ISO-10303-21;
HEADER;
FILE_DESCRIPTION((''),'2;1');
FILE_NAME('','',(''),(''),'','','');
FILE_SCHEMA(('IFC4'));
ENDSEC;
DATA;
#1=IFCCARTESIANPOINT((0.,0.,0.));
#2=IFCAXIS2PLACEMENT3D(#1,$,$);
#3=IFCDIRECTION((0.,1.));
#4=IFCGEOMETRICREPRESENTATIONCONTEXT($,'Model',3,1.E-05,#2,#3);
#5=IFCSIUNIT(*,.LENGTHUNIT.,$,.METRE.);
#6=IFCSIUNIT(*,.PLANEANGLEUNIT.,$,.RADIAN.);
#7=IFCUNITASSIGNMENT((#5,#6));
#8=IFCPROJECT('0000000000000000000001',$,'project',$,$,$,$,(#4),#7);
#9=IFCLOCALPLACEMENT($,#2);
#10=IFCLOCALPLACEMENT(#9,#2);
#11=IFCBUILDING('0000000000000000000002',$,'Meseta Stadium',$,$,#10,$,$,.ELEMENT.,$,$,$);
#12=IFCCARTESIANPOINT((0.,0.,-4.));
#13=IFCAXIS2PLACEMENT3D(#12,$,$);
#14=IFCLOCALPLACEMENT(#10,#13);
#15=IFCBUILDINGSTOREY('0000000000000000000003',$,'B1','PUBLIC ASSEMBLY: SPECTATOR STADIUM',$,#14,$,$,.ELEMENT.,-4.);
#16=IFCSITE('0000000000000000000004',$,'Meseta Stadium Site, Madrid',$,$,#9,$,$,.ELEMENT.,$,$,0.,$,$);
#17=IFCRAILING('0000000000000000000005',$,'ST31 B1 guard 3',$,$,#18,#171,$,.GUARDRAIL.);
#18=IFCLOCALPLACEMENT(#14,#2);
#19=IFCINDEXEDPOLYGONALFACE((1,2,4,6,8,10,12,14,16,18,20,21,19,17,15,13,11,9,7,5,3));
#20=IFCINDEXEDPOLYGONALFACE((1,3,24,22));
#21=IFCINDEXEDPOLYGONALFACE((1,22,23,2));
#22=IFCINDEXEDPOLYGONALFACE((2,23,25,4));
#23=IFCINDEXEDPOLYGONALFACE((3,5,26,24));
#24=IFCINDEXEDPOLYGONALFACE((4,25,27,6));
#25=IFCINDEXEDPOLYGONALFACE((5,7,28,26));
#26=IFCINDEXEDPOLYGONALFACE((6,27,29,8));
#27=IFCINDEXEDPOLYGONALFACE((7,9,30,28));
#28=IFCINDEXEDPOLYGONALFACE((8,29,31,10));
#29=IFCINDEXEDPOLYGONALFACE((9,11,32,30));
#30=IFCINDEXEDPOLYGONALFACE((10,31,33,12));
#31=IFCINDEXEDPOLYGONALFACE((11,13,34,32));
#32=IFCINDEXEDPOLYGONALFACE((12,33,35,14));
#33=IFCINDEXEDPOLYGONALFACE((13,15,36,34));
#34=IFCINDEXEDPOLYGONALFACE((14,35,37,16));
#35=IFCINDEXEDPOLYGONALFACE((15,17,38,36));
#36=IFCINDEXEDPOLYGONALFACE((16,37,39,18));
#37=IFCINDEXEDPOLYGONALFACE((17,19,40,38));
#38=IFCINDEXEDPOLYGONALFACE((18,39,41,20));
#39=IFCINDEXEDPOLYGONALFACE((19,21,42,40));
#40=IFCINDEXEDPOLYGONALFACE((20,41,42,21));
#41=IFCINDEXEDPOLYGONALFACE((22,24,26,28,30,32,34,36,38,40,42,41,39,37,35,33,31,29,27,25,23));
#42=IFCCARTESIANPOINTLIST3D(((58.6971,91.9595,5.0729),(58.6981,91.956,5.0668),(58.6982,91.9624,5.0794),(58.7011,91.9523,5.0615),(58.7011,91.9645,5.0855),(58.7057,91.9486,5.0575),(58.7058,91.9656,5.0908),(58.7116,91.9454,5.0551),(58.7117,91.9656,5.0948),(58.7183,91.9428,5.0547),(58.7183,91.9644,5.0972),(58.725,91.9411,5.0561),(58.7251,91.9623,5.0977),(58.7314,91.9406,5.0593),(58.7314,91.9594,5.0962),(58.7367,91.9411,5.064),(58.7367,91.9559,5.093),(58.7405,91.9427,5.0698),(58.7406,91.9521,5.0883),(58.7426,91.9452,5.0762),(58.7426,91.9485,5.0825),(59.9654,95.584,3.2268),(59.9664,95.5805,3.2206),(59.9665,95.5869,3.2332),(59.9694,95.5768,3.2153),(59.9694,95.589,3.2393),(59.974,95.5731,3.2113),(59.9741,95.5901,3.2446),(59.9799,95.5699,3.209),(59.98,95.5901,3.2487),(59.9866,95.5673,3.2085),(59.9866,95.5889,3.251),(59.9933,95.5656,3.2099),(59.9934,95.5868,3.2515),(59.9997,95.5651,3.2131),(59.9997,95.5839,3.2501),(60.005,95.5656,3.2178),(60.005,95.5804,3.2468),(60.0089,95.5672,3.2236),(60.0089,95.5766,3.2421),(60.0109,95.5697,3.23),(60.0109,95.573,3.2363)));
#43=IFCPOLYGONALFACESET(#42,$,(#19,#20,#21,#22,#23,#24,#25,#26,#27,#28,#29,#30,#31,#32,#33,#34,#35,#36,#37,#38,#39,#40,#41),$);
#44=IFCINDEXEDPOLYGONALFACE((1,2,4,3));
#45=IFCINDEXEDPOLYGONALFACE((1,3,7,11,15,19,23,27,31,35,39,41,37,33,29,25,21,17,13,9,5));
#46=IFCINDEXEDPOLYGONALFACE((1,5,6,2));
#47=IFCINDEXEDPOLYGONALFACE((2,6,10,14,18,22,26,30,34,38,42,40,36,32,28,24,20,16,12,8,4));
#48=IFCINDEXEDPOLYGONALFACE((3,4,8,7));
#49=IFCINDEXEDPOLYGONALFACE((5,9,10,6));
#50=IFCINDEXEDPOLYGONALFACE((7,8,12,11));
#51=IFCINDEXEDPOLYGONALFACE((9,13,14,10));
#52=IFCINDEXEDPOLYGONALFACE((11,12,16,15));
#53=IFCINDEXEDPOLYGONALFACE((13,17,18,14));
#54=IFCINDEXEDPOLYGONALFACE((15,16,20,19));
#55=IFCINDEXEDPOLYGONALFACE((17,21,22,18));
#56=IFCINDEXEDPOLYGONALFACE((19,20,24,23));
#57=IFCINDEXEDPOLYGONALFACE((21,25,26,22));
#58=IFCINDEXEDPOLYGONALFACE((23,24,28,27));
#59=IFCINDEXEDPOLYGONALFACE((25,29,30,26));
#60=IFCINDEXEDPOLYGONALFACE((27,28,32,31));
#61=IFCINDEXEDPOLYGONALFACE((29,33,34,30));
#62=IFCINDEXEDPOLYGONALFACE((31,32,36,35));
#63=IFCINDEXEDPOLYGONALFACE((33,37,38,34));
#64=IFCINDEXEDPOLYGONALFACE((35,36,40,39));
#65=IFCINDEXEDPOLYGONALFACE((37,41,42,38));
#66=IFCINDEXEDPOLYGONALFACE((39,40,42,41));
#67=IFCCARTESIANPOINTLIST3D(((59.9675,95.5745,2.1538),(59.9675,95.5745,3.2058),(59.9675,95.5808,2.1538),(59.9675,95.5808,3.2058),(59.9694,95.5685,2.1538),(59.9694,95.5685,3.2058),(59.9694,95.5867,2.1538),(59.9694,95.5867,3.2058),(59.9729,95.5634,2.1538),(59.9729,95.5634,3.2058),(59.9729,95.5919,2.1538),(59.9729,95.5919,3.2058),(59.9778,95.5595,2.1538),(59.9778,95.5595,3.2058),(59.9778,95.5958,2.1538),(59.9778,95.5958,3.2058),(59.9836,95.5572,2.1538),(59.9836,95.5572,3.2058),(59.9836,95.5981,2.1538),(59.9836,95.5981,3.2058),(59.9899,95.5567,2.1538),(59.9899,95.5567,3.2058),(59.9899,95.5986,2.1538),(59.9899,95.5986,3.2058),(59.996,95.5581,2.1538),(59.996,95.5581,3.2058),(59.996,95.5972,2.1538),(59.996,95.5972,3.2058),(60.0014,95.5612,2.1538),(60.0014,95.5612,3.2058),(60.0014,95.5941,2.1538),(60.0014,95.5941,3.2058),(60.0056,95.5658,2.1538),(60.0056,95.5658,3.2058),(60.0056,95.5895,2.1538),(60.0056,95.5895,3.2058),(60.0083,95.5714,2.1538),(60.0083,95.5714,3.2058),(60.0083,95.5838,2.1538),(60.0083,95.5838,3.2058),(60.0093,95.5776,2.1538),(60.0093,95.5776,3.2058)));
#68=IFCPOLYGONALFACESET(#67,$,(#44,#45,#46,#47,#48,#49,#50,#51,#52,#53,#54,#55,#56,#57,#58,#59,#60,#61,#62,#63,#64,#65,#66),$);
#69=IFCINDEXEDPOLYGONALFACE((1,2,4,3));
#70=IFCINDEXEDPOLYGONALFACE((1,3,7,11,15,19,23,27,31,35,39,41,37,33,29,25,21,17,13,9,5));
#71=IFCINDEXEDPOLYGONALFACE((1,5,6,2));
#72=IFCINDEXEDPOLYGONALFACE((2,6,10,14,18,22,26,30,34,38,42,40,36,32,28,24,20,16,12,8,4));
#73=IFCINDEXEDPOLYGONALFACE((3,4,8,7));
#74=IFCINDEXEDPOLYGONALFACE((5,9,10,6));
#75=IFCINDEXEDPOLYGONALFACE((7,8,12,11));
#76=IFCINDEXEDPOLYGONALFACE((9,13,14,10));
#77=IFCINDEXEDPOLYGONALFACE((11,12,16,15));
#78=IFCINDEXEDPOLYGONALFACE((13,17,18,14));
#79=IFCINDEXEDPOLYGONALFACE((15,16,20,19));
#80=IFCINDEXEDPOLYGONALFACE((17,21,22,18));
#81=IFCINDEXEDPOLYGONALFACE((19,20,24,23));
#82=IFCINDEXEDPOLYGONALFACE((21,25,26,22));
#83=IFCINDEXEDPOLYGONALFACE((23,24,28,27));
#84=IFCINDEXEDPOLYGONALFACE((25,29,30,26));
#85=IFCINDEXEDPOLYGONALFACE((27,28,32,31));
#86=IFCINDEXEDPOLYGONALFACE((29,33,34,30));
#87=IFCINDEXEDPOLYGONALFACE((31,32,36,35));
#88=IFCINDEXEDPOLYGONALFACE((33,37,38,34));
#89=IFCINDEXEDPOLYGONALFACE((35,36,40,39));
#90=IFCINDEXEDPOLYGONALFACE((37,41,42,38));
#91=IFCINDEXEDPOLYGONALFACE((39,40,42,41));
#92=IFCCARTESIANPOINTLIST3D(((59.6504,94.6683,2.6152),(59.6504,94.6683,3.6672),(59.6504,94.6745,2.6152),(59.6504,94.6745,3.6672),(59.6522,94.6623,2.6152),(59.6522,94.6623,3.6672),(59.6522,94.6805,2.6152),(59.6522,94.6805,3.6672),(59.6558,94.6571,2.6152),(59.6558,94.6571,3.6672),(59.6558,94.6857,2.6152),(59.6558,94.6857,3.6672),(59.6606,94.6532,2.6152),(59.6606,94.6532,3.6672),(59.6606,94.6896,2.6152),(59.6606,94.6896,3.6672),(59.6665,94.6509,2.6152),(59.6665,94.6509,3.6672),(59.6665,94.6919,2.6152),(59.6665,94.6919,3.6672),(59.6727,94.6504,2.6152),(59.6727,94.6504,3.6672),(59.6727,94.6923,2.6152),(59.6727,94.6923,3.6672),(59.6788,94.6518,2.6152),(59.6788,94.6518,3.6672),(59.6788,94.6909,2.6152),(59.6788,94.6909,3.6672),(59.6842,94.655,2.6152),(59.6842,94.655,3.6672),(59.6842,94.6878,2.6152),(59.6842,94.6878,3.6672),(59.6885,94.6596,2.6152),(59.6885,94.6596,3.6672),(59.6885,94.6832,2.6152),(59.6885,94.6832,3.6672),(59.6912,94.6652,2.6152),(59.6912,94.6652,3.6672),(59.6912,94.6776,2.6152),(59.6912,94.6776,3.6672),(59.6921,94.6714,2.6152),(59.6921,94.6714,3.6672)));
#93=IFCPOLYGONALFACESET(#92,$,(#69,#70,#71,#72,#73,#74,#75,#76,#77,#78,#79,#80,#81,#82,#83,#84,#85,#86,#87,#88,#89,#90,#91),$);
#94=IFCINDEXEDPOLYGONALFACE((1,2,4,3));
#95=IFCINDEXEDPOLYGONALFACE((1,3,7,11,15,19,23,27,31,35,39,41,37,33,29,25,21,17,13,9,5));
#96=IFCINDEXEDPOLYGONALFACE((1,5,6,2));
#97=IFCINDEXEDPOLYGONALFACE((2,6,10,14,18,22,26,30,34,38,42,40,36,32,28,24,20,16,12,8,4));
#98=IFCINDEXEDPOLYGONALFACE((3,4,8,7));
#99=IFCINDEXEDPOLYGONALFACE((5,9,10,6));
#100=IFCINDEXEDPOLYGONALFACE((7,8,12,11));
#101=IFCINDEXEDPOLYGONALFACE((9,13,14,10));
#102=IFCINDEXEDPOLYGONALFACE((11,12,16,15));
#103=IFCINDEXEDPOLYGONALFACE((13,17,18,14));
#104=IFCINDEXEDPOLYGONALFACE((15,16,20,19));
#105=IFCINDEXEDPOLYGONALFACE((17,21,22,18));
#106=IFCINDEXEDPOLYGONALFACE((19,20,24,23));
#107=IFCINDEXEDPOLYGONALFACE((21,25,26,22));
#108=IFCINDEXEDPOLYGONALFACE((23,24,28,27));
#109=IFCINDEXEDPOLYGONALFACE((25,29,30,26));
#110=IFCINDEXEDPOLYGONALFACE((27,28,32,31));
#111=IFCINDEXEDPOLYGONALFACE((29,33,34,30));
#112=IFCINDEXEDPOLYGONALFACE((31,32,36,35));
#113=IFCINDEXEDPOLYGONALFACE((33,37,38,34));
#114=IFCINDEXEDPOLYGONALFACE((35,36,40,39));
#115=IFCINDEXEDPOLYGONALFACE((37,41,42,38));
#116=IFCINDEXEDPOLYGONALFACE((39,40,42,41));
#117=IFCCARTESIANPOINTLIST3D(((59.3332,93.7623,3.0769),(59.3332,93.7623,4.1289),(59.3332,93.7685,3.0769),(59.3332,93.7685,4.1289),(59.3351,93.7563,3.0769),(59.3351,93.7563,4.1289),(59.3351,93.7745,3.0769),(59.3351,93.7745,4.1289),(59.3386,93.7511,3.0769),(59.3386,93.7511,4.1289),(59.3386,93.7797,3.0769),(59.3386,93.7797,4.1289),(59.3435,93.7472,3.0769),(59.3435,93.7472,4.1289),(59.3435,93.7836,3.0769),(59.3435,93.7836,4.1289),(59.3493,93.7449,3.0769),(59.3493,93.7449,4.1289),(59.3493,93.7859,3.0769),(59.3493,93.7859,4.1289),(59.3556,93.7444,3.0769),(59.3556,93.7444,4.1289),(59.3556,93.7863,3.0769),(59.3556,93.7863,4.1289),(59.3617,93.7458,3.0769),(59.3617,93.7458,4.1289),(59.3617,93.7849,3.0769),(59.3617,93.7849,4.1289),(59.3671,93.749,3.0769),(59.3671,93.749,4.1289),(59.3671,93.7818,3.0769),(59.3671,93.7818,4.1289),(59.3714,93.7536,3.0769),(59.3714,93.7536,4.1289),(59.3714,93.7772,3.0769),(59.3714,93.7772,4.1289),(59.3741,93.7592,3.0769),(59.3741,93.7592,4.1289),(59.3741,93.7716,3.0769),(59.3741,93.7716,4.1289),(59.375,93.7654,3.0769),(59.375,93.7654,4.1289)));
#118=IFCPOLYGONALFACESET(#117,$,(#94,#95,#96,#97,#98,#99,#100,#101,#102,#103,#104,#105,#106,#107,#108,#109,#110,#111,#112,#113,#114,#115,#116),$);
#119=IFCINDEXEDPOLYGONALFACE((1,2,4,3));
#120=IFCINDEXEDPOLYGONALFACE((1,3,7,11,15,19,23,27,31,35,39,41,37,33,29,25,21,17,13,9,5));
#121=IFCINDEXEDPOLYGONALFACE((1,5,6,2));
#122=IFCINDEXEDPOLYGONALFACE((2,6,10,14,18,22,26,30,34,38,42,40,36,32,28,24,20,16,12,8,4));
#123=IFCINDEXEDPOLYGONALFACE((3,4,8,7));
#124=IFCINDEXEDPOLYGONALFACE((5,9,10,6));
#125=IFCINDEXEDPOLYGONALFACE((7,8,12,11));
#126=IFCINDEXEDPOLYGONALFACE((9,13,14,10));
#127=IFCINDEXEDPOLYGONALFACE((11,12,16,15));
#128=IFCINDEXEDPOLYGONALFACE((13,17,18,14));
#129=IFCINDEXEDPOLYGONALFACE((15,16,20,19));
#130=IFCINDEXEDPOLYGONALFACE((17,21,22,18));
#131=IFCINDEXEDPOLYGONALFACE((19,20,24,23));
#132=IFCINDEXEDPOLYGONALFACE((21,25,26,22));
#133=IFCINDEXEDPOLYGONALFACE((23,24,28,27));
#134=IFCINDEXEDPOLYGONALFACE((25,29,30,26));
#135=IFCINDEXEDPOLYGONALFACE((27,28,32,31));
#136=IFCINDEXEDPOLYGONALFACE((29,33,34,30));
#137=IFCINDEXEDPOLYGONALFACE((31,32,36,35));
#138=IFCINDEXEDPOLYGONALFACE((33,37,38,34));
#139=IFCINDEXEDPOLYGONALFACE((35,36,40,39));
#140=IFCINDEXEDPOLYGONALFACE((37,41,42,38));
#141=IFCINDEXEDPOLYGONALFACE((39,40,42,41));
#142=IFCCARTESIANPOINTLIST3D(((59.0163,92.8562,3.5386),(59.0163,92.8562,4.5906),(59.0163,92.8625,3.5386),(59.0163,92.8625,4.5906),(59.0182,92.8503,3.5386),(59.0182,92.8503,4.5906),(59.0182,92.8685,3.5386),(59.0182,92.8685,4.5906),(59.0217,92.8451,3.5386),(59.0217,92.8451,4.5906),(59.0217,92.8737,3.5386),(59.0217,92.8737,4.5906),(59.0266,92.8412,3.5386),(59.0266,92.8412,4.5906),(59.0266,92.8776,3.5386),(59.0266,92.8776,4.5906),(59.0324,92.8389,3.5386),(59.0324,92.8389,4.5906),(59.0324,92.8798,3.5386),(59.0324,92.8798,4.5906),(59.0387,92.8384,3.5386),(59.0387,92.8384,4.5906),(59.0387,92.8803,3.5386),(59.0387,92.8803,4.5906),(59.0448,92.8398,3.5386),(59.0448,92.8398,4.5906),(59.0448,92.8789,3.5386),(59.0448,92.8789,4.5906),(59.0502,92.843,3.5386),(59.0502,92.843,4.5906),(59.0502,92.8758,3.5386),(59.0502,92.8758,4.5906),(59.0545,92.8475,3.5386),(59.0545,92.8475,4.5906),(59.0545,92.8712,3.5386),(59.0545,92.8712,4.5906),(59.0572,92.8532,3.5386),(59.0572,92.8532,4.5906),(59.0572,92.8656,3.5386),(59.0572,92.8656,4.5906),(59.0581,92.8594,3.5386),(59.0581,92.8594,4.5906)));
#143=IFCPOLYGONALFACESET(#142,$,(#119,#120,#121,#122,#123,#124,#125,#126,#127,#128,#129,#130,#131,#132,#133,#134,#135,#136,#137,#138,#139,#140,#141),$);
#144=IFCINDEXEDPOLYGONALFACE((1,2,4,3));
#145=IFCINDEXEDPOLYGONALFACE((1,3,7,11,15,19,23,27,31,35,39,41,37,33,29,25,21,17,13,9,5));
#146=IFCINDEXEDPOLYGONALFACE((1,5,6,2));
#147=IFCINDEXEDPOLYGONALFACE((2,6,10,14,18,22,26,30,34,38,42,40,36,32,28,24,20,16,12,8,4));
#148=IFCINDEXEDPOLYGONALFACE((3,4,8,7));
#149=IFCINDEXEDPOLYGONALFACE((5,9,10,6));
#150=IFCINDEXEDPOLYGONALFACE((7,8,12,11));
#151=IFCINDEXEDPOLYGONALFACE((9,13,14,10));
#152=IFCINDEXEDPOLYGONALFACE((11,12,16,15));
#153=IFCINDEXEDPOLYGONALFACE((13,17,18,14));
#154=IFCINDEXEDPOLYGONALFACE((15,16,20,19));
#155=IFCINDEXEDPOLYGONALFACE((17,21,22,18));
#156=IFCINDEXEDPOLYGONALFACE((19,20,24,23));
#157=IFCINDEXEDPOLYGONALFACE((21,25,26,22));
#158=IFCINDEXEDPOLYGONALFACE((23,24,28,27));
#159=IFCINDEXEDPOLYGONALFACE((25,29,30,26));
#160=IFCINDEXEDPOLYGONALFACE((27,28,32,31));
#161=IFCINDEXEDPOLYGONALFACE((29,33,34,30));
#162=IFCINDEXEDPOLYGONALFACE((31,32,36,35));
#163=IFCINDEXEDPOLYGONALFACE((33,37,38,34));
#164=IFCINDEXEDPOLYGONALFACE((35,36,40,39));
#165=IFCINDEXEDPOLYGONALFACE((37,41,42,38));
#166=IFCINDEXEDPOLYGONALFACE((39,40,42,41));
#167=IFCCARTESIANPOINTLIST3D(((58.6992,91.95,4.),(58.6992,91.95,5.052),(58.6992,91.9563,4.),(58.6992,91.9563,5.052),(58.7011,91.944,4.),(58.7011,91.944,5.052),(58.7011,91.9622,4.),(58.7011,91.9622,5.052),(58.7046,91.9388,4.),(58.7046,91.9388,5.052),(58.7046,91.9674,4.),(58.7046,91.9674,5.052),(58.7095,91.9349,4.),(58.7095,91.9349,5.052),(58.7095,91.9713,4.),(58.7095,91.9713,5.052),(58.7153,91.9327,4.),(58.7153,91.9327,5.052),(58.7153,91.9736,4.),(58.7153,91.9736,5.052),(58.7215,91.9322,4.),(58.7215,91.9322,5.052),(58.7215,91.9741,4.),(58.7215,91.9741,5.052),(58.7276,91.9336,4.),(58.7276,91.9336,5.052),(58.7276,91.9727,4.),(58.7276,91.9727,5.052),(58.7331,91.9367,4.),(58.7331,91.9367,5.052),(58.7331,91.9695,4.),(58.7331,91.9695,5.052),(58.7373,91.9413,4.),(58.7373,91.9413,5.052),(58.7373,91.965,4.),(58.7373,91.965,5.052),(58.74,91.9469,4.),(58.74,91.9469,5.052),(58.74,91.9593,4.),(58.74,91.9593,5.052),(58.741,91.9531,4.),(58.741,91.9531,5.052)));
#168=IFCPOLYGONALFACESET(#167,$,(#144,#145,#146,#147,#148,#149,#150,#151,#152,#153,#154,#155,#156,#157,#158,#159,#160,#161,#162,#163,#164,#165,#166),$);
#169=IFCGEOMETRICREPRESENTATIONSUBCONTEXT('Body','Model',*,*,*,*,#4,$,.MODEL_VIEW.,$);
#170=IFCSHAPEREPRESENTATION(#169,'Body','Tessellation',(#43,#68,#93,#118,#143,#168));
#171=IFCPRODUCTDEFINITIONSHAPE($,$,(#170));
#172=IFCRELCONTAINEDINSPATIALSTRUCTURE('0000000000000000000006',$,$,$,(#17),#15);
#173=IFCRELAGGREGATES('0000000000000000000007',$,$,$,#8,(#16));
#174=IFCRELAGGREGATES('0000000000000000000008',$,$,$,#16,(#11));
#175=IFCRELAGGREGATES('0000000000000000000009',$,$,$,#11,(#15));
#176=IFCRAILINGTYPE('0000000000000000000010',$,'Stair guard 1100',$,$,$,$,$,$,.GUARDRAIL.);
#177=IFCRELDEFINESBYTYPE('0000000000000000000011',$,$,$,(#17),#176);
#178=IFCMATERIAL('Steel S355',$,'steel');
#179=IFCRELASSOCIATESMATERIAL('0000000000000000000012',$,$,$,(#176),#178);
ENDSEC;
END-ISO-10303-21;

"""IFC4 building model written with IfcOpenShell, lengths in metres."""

from ifc_helpers import new_model, si_unit, direction, frame, origin, origin_2d, place, context, subcontext, project, spatial, circle, extrude, material, type_object, element, save


model = new_model("IFC4")

# Units and contexts
model_context = context("Model", 3, precision=1e-05, world=origin(), true_north=direction((0.0, 1.0)))
body_context = subcontext(model_context, "Body", "Model", "MODEL_VIEW")
ifc_project = project(units=[si_unit("LENGTHUNIT", "METRE"), si_unit("PLANEANGLEUNIT", "RADIAN")], contexts=[model_context])

# Site, building, storey
site_placement = place(None, origin())
site = spatial("IfcSite", under=ifc_project, at=site_placement, Name="Meseta Stadium Site, Madrid", CompositionType="ELEMENT", RefElevation=0.0)
building_placement = place(site_placement, origin())
building = spatial("IfcBuilding", under=site, at=building_placement, Name="Meseta Stadium", CompositionType="ELEMENT")
storey_placement = place(building_placement, frame((0.0, 0.0, -4.0)))
storey = spatial("IfcBuildingStorey", under=building, at=storey_placement, Name="B1", Description="PUBLIC ASSEMBLY: SPECTATOR STADIUM", CompositionType="ELEMENT", Elevation=-4.0)

# Railing
ifc_material_1 = material(Name="Steel S355", Category="steel")
railing_type_1 = type_object("IfcRailingType", Name="Stair guard 1100", PredefinedType="GUARDRAIL", material=ifc_material_1)
railing_1_placement = place(storey_placement, frame((59.9883, 95.5776, 2.1538)))
element("IfcRailing", 1, at=railing_1_placement, inside=storey, type_object=railing_type_1, Name="ST31 B1 guard 3", PredefinedType="GUARDRAIL", context=body_context, shape_type="SweptSolid", body=[
    extrude(circle(Radius=0.0239, at=origin_2d()), frame((0.0, 0.0, 1.0762), z_axis=(-0.297672, -0.850672, 0.4333), x_axis=(0.94388, -0.330288, 0.0)), (0.0, 0.0, 1.0), 4.2607),
    extrude(circle(Radius=0.021, at=origin_2d()), origin(), (0.0, 0.0, 1.0), 1.052),
    extrude(circle(Radius=0.021, at=origin_2d()), frame((-0.3171, -0.9062, 0.4614)), (0.0, 0.0, 1.0), 1.052),
    extrude(circle(Radius=0.021, at=origin_2d()), frame((-0.6343, -1.8123, 0.9231)), (0.0, 0.0, 1.0), 1.052),
    extrude(circle(Radius=0.021, at=origin_2d()), frame((-0.9512, -2.7183, 1.3848)), (0.0, 0.0, 1.0), 1.052),
    extrude(circle(Radius=0.021, at=origin_2d()), frame((-1.2683, -3.6245, 1.8462)), (0.0, 0.0, 1.0), 1.052),
])

save(model, "model.ifc")
